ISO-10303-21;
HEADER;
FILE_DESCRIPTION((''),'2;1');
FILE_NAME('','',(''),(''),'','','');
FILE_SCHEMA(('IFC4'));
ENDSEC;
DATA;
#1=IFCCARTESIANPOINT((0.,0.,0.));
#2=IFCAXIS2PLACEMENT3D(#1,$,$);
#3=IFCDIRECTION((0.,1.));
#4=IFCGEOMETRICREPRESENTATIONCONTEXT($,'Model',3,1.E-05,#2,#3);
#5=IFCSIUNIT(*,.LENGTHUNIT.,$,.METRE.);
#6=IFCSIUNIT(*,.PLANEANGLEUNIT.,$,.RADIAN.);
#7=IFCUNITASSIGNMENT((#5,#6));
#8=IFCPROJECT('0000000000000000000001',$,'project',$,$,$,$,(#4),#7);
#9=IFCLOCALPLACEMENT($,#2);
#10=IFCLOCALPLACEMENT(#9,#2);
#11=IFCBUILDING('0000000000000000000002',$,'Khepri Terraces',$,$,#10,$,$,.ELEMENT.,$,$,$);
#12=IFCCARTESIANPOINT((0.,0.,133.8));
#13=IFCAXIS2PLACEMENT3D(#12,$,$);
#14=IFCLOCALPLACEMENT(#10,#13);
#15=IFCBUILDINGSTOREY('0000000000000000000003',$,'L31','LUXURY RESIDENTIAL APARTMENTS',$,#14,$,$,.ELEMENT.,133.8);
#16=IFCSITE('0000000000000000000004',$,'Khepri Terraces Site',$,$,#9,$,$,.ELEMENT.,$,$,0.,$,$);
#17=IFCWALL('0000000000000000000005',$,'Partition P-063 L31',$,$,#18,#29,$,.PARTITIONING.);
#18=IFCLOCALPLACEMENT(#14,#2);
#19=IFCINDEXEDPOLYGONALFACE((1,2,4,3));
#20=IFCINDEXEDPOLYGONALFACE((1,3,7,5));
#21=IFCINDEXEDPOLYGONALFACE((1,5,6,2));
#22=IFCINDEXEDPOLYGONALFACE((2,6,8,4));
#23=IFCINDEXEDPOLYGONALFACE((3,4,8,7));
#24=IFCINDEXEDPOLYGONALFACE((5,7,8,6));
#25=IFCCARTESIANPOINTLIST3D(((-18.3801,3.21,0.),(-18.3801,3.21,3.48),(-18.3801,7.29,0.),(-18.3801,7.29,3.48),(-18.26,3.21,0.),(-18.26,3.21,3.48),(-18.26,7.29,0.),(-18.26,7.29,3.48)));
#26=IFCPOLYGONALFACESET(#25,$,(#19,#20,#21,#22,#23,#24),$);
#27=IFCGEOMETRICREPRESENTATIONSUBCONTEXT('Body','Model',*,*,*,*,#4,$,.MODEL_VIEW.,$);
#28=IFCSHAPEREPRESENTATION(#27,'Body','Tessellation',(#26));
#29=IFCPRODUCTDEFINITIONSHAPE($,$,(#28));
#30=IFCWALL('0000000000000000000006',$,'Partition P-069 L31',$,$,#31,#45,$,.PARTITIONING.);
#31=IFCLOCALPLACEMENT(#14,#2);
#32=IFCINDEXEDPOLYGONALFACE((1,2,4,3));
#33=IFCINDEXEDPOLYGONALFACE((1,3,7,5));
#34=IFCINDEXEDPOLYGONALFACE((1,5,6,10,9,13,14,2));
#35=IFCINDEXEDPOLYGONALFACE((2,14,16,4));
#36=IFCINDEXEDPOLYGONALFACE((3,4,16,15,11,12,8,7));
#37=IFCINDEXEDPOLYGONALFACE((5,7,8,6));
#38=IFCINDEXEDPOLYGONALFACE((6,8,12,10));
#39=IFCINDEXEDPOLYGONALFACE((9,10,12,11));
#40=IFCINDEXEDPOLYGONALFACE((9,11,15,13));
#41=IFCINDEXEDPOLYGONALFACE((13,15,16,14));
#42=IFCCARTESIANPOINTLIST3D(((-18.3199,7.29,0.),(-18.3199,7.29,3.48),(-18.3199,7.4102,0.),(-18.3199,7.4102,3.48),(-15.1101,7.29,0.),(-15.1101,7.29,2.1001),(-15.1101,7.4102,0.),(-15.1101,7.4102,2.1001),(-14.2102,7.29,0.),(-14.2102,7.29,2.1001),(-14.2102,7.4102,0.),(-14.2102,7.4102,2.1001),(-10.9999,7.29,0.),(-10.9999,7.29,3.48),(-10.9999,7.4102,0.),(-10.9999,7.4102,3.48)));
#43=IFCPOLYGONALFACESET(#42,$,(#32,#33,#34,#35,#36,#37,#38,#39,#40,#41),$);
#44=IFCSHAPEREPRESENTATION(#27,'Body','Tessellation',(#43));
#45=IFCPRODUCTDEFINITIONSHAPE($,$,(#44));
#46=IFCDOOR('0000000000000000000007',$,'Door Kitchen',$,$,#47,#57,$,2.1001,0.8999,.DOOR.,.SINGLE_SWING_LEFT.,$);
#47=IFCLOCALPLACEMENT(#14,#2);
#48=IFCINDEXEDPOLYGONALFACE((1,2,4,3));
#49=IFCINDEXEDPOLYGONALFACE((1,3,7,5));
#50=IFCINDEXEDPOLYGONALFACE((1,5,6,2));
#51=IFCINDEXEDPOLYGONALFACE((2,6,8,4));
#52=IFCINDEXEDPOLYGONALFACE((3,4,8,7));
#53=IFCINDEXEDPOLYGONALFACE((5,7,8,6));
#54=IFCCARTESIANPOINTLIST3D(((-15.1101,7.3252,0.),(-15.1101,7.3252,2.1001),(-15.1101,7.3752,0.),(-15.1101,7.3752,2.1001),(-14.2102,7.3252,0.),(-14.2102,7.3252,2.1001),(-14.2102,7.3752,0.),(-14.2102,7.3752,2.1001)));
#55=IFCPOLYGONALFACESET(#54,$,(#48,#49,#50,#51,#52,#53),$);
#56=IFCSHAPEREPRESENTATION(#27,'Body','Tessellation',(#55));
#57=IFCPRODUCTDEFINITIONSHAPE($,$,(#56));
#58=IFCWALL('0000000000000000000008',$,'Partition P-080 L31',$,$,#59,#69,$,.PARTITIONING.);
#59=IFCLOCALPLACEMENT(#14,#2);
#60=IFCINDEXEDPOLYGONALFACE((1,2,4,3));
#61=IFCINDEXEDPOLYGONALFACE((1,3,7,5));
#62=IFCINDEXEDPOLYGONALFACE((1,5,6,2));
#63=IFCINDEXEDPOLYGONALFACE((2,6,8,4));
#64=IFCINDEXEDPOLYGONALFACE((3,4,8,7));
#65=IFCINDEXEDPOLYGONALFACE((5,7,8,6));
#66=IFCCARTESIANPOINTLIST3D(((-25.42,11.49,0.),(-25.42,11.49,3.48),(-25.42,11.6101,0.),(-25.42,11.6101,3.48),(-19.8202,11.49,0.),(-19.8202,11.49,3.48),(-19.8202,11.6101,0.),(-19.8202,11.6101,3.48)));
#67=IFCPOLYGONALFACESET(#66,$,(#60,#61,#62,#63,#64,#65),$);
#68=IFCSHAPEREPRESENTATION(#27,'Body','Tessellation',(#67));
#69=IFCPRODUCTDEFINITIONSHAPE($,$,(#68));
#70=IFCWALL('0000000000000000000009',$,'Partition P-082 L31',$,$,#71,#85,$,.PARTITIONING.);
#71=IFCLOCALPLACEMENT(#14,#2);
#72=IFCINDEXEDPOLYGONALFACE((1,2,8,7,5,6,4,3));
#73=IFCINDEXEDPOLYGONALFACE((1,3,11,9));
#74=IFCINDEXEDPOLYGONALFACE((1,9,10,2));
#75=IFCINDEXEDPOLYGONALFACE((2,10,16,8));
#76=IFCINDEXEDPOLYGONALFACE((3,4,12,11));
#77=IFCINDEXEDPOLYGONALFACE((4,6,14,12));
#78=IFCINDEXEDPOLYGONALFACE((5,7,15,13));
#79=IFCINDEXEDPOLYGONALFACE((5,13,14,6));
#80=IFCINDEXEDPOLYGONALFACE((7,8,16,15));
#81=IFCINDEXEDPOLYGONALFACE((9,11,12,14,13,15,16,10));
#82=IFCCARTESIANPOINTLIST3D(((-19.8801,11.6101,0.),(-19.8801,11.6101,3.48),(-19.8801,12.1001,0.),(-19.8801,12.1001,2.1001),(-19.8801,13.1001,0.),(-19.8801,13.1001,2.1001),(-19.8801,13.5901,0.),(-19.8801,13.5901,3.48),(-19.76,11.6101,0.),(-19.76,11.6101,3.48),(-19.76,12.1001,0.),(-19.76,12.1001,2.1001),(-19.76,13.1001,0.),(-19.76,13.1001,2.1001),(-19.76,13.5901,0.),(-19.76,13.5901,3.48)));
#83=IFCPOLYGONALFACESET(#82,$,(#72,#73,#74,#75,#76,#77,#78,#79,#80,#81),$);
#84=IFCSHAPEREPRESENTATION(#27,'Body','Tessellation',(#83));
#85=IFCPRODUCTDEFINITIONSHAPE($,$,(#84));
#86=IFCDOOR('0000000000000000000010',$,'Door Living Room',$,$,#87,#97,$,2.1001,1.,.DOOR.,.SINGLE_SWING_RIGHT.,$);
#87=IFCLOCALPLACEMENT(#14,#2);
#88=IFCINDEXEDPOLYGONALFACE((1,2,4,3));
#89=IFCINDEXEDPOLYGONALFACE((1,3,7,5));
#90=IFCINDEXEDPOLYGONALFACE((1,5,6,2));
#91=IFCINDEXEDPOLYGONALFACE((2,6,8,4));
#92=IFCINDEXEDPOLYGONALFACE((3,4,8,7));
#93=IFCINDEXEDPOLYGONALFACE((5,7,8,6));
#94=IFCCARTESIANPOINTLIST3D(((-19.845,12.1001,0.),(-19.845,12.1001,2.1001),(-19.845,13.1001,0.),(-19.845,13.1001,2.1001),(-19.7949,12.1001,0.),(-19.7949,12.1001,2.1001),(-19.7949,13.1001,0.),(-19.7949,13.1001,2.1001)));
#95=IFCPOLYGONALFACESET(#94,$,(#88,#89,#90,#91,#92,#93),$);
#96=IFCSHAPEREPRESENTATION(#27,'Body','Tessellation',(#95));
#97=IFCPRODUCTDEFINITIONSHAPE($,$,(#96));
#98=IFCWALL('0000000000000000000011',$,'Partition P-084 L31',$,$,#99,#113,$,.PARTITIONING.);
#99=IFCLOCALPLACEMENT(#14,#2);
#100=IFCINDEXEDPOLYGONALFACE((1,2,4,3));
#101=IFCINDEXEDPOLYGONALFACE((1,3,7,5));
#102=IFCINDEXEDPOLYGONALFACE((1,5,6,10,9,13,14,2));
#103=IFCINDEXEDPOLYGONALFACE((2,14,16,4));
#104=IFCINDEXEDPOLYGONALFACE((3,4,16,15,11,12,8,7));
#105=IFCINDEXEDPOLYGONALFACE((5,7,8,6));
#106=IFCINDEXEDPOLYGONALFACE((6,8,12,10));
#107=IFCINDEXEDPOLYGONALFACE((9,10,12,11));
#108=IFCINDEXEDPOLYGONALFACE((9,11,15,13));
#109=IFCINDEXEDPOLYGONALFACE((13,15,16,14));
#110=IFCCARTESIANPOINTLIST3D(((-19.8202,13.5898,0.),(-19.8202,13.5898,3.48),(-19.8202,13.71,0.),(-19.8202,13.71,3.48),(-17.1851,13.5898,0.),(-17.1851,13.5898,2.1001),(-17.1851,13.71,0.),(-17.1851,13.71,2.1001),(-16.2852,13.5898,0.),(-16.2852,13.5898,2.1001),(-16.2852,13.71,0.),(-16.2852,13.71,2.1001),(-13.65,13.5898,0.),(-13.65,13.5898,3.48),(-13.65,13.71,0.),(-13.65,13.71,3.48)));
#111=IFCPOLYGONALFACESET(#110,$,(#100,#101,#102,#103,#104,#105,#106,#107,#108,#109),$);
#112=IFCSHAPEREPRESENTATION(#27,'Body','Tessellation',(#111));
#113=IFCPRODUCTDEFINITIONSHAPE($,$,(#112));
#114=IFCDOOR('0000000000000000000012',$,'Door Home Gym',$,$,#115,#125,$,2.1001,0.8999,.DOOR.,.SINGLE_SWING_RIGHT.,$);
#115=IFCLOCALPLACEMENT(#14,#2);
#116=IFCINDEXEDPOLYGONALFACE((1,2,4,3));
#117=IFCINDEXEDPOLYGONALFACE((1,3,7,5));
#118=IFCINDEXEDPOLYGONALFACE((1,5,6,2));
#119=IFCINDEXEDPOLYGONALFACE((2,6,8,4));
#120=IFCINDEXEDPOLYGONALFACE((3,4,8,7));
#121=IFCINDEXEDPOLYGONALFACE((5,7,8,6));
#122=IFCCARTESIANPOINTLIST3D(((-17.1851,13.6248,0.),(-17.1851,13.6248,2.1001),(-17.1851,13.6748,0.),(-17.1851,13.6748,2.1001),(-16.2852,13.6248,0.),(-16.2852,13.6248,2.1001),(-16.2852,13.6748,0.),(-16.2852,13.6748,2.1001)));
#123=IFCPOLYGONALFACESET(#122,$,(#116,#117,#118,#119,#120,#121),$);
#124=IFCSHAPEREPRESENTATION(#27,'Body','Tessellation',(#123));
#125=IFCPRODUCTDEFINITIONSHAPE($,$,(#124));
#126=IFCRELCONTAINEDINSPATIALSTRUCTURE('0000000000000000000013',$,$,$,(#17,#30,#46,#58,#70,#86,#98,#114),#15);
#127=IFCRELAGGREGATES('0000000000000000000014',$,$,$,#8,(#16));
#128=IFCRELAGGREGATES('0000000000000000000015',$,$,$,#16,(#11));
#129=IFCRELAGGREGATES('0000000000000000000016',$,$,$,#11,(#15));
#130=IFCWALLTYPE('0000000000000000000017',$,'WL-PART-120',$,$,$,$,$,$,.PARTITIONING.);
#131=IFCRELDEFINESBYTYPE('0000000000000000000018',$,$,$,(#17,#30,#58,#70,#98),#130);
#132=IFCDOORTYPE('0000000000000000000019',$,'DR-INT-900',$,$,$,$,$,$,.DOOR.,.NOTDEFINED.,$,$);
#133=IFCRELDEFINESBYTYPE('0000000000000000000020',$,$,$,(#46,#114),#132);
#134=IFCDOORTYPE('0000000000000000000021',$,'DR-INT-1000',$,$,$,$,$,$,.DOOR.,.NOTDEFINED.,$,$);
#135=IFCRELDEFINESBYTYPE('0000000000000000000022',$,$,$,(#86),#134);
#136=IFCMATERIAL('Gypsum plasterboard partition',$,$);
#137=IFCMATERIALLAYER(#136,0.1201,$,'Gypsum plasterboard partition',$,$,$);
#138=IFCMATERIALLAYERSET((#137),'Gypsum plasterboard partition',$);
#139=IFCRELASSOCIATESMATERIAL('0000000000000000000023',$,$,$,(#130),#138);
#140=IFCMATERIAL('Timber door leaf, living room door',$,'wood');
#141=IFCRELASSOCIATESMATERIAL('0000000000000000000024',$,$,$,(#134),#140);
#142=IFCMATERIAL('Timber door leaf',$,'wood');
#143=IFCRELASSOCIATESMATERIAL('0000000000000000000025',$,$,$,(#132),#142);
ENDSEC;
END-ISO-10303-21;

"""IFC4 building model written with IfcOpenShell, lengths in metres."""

from ifc_helpers import new_model, si_unit, direction, frame, frame_2d, origin, place, context, subcontext, project, spatial, rectangle, extrude, material, layer, layer_set, type_object, element, fill, save


model = new_model("IFC4")

# Units and contexts
model_context = context("Model", 3, precision=1e-05, world=origin(), true_north=direction((0.0, 1.0)))
body_context = subcontext(model_context, "Body", "Model", "MODEL_VIEW")
ifc_project = project(units=[si_unit("LENGTHUNIT", "METRE"), si_unit("PLANEANGLEUNIT", "RADIAN")], contexts=[model_context])

# Site, building, storey
site_placement = place(None, origin())
site = spatial("IfcSite", under=ifc_project, at=site_placement, Name="Khepri Terraces Site", CompositionType="ELEMENT", RefElevation=0.0)
building_placement = place(site_placement, origin())
building = spatial("IfcBuilding", under=site, at=building_placement, Name="Khepri Terraces", CompositionType="ELEMENT")
storey_placement = place(building_placement, frame((0.0, 0.0, 133.8)))
storey = spatial("IfcBuildingStorey", under=building, at=storey_placement, Name="L31", Description="LUXURY RESIDENTIAL APARTMENTS", CompositionType="ELEMENT", Elevation=133.8)

# Shared definitions
ifc_material_1 = material(Name="Gypsum plasterboard partition")
ifc_layer_1 = layer(ifc_material_1, 0.1201, Name="Gypsum plasterboard partition")
ifc_layer_set_1 = layer_set([ifc_layer_1], Name="Gypsum plasterboard partition")
wall_type_1 = type_object("IfcWallType", Name="WL-PART-120", PredefinedType="PARTITIONING", material=ifc_layer_set_1)

# Shared definitions
ifc_material_2 = material(Name="Timber door leaf, living room door", Category="wood")
door_type_1 = type_object("IfcDoorType", Name="DR-INT-1000", OperationType="NOTDEFINED", PredefinedType="DOOR", material=ifc_material_2)

# Wall
wall_1_placement = place(storey_placement, frame((-18.3201, 3.21, 0.0), z_axis=(0.0, 0.0, 1.0), x_axis=(0.0, 1.0, 0.0)))
element("IfcWall", 1, at=wall_1_placement, inside=storey, type_object=wall_type_1, Name="Partition P-063 L31", PredefinedType="PARTITIONING", context=body_context, shape_type="SweptSolid", body=[
    extrude(rectangle(XDim=4.0801, YDim=0.1201, at=frame_2d((2.04, 0.0))), origin(), (0.0, 0.0, 1.0), 3.48),
])

# Wall, opening, door
wall_2_placement = place(storey_placement, frame((-18.3201, 7.3501, 0.0), z_axis=(0.0, 0.0, 1.0), x_axis=(1.0, 0.0, 0.0)))
wall_2 = element("IfcWall", 2, at=wall_2_placement, inside=storey, type_object=wall_type_1, Name="Partition P-069 L31", PredefinedType="PARTITIONING", context=body_context, shape_type="SweptSolid", body=[
    extrude(rectangle(XDim=7.3201, YDim=0.1201, at=frame_2d((3.6602, 0.0))), origin(), (0.0, 0.0, 1.0), 3.48),
])
opening_1_placement = place(wall_2_placement, frame((3.21, 0.0, 0.0)))
opening_1 = element("IfcOpeningElement", 3, at=opening_1_placement, cuts=wall_2, PredefinedType="OPENING", context=body_context, shape_type="SweptSolid", body=[
    extrude(rectangle(XDim=0.8999, YDim=2.1001, at=frame_2d((0.45, 1.05))), frame((0.0, 0.0701, 0.0), z_axis=(0.0, -1.0, 0.0), x_axis=(1.0, 0.0, 0.0)), (0.0, 0.0, 1.0), 0.1401),
])
ifc_material_3 = material(Name="Timber door leaf", Category="wood")
door_type_2 = type_object("IfcDoorType", Name="DR-INT-900", OperationType="NOTDEFINED", PredefinedType="DOOR", material=ifc_material_3)
door_1_placement = place(opening_1_placement, frame((0.8999, 0.0, 0.0), z_axis=(0.0, 0.0, 1.0), x_axis=(-1.0, 0.0, 0.0)))
door_1 = element("IfcDoor", 4, at=door_1_placement, inside=storey, type_object=door_type_2, Name="Door Kitchen", OperationType="SINGLE_SWING_LEFT", OverallHeight=2.1001, OverallWidth=0.8999, PredefinedType="DOOR", context=body_context, shape_type="SweptSolid", body=[
    extrude(rectangle(XDim=0.8999, YDim=2.1001, at=frame_2d((0.45, 1.05))), frame((0.0, 0.0249, 0.0), z_axis=(0.0, -1.0, 0.0), x_axis=(1.0, 0.0, 0.0)), (0.0, 0.0, 1.0), 0.05),
])
fill(opening_1, door_1)

# Wall
wall_3_placement = place(storey_placement, frame((-25.4199, 11.55, 0.0), z_axis=(0.0, 0.0, 1.0), x_axis=(1.0, 0.0, 0.0)))
element("IfcWall", 5, at=wall_3_placement, inside=storey, type_object=wall_type_1, Name="Partition P-080 L31", PredefinedType="PARTITIONING", context=body_context, shape_type="SweptSolid", body=[
    extrude(rectangle(XDim=5.5999, YDim=0.1201, at=frame_2d((2.7998, 0.0))), origin(), (0.0, 0.0, 1.0), 3.48),
])

# Walls, openings, doors
wall_4_placement = place(storey_placement, frame((-19.8201, 11.6101, 0.0), z_axis=(0.0, 0.0, 1.0), x_axis=(0.0, 1.0, 0.0)))
wall_4 = element("IfcWall", 6, at=wall_4_placement, inside=storey, type_object=wall_type_1, Name="Partition P-082 L31", PredefinedType="PARTITIONING", context=body_context, shape_type="SweptSolid", body=[
    extrude(rectangle(XDim=1.98, YDim=0.1201, at=frame_2d((0.99, 0.0))), origin(), (0.0, 0.0, 1.0), 3.48),
])
opening_2_placement = place(wall_4_placement, frame((0.49, 0.0, 0.0)))
opening_2 = element("IfcOpeningElement", 7, at=opening_2_placement, cuts=wall_4, PredefinedType="OPENING", context=body_context, shape_type="SweptSolid", body=[
    extrude(rectangle(XDim=1.0, YDim=2.1001, at=frame_2d((0.5, 1.05))), frame((0.0, 0.0701, 0.0), z_axis=(0.0, -1.0, 0.0), x_axis=(1.0, 0.0, 0.0)), (0.0, 0.0, 1.0), 0.1401),
])
door_2_placement = place(opening_2_placement, origin())
door_2 = element("IfcDoor", 8, at=door_2_placement, inside=storey, type_object=door_type_1, Name="Door Living Room", OperationType="SINGLE_SWING_RIGHT", OverallHeight=2.1001, OverallWidth=1.0, PredefinedType="DOOR", context=body_context, shape_type="SweptSolid", body=[
    extrude(rectangle(XDim=1.0, YDim=2.1001, at=frame_2d((0.5, 1.05))), frame((0.0, 0.0249, 0.0), z_axis=(0.0, -1.0, 0.0), x_axis=(1.0, 0.0, 0.0)), (0.0, 0.0, 1.0), 0.05),
])
fill(opening_2, door_2)
wall_5_placement = place(storey_placement, frame((-19.8201, 13.6499, 0.0), z_axis=(0.0, 0.0, 1.0), x_axis=(1.0, 0.0, 0.0)))
wall_5 = element("IfcWall", 9, at=wall_5_placement, inside=storey, type_object=wall_type_1, Name="Partition P-084 L31", PredefinedType="PARTITIONING", context=body_context, shape_type="SweptSolid", body=[
    extrude(rectangle(XDim=6.1702, YDim=0.1201, at=frame_2d((3.085, 0.0))), origin(), (0.0, 0.0, 1.0), 3.48),
])
opening_3_placement = place(wall_5_placement, frame((2.635, 0.0, 0.0)))
opening_3 = element("IfcOpeningElement", 10, at=opening_3_placement, cuts=wall_5, PredefinedType="OPENING", context=body_context, shape_type="SweptSolid", body=[
    extrude(rectangle(XDim=0.8999, YDim=2.1001, at=frame_2d((0.45, 1.05))), frame((0.0, 0.0701, 0.0), z_axis=(0.0, -1.0, 0.0), x_axis=(1.0, 0.0, 0.0)), (0.0, 0.0, 1.0), 0.1401),
])
door_3_placement = place(opening_3_placement, origin())
door_3 = element("IfcDoor", 11, at=door_3_placement, inside=storey, type_object=door_type_2, Name="Door Home Gym", OperationType="SINGLE_SWING_RIGHT", OverallHeight=2.1001, OverallWidth=0.8999, PredefinedType="DOOR", context=body_context, shape_type="SweptSolid", body=[
    extrude(rectangle(XDim=0.8999, YDim=2.1001, at=frame_2d((0.45, 1.05))), frame((0.0, 0.0249, 0.0), z_axis=(0.0, -1.0, 0.0), x_axis=(1.0, 0.0, 0.0)), (0.0, 0.0, 1.0), 0.05),
])
fill(opening_3, door_3)

save(model, "model.ifc")
